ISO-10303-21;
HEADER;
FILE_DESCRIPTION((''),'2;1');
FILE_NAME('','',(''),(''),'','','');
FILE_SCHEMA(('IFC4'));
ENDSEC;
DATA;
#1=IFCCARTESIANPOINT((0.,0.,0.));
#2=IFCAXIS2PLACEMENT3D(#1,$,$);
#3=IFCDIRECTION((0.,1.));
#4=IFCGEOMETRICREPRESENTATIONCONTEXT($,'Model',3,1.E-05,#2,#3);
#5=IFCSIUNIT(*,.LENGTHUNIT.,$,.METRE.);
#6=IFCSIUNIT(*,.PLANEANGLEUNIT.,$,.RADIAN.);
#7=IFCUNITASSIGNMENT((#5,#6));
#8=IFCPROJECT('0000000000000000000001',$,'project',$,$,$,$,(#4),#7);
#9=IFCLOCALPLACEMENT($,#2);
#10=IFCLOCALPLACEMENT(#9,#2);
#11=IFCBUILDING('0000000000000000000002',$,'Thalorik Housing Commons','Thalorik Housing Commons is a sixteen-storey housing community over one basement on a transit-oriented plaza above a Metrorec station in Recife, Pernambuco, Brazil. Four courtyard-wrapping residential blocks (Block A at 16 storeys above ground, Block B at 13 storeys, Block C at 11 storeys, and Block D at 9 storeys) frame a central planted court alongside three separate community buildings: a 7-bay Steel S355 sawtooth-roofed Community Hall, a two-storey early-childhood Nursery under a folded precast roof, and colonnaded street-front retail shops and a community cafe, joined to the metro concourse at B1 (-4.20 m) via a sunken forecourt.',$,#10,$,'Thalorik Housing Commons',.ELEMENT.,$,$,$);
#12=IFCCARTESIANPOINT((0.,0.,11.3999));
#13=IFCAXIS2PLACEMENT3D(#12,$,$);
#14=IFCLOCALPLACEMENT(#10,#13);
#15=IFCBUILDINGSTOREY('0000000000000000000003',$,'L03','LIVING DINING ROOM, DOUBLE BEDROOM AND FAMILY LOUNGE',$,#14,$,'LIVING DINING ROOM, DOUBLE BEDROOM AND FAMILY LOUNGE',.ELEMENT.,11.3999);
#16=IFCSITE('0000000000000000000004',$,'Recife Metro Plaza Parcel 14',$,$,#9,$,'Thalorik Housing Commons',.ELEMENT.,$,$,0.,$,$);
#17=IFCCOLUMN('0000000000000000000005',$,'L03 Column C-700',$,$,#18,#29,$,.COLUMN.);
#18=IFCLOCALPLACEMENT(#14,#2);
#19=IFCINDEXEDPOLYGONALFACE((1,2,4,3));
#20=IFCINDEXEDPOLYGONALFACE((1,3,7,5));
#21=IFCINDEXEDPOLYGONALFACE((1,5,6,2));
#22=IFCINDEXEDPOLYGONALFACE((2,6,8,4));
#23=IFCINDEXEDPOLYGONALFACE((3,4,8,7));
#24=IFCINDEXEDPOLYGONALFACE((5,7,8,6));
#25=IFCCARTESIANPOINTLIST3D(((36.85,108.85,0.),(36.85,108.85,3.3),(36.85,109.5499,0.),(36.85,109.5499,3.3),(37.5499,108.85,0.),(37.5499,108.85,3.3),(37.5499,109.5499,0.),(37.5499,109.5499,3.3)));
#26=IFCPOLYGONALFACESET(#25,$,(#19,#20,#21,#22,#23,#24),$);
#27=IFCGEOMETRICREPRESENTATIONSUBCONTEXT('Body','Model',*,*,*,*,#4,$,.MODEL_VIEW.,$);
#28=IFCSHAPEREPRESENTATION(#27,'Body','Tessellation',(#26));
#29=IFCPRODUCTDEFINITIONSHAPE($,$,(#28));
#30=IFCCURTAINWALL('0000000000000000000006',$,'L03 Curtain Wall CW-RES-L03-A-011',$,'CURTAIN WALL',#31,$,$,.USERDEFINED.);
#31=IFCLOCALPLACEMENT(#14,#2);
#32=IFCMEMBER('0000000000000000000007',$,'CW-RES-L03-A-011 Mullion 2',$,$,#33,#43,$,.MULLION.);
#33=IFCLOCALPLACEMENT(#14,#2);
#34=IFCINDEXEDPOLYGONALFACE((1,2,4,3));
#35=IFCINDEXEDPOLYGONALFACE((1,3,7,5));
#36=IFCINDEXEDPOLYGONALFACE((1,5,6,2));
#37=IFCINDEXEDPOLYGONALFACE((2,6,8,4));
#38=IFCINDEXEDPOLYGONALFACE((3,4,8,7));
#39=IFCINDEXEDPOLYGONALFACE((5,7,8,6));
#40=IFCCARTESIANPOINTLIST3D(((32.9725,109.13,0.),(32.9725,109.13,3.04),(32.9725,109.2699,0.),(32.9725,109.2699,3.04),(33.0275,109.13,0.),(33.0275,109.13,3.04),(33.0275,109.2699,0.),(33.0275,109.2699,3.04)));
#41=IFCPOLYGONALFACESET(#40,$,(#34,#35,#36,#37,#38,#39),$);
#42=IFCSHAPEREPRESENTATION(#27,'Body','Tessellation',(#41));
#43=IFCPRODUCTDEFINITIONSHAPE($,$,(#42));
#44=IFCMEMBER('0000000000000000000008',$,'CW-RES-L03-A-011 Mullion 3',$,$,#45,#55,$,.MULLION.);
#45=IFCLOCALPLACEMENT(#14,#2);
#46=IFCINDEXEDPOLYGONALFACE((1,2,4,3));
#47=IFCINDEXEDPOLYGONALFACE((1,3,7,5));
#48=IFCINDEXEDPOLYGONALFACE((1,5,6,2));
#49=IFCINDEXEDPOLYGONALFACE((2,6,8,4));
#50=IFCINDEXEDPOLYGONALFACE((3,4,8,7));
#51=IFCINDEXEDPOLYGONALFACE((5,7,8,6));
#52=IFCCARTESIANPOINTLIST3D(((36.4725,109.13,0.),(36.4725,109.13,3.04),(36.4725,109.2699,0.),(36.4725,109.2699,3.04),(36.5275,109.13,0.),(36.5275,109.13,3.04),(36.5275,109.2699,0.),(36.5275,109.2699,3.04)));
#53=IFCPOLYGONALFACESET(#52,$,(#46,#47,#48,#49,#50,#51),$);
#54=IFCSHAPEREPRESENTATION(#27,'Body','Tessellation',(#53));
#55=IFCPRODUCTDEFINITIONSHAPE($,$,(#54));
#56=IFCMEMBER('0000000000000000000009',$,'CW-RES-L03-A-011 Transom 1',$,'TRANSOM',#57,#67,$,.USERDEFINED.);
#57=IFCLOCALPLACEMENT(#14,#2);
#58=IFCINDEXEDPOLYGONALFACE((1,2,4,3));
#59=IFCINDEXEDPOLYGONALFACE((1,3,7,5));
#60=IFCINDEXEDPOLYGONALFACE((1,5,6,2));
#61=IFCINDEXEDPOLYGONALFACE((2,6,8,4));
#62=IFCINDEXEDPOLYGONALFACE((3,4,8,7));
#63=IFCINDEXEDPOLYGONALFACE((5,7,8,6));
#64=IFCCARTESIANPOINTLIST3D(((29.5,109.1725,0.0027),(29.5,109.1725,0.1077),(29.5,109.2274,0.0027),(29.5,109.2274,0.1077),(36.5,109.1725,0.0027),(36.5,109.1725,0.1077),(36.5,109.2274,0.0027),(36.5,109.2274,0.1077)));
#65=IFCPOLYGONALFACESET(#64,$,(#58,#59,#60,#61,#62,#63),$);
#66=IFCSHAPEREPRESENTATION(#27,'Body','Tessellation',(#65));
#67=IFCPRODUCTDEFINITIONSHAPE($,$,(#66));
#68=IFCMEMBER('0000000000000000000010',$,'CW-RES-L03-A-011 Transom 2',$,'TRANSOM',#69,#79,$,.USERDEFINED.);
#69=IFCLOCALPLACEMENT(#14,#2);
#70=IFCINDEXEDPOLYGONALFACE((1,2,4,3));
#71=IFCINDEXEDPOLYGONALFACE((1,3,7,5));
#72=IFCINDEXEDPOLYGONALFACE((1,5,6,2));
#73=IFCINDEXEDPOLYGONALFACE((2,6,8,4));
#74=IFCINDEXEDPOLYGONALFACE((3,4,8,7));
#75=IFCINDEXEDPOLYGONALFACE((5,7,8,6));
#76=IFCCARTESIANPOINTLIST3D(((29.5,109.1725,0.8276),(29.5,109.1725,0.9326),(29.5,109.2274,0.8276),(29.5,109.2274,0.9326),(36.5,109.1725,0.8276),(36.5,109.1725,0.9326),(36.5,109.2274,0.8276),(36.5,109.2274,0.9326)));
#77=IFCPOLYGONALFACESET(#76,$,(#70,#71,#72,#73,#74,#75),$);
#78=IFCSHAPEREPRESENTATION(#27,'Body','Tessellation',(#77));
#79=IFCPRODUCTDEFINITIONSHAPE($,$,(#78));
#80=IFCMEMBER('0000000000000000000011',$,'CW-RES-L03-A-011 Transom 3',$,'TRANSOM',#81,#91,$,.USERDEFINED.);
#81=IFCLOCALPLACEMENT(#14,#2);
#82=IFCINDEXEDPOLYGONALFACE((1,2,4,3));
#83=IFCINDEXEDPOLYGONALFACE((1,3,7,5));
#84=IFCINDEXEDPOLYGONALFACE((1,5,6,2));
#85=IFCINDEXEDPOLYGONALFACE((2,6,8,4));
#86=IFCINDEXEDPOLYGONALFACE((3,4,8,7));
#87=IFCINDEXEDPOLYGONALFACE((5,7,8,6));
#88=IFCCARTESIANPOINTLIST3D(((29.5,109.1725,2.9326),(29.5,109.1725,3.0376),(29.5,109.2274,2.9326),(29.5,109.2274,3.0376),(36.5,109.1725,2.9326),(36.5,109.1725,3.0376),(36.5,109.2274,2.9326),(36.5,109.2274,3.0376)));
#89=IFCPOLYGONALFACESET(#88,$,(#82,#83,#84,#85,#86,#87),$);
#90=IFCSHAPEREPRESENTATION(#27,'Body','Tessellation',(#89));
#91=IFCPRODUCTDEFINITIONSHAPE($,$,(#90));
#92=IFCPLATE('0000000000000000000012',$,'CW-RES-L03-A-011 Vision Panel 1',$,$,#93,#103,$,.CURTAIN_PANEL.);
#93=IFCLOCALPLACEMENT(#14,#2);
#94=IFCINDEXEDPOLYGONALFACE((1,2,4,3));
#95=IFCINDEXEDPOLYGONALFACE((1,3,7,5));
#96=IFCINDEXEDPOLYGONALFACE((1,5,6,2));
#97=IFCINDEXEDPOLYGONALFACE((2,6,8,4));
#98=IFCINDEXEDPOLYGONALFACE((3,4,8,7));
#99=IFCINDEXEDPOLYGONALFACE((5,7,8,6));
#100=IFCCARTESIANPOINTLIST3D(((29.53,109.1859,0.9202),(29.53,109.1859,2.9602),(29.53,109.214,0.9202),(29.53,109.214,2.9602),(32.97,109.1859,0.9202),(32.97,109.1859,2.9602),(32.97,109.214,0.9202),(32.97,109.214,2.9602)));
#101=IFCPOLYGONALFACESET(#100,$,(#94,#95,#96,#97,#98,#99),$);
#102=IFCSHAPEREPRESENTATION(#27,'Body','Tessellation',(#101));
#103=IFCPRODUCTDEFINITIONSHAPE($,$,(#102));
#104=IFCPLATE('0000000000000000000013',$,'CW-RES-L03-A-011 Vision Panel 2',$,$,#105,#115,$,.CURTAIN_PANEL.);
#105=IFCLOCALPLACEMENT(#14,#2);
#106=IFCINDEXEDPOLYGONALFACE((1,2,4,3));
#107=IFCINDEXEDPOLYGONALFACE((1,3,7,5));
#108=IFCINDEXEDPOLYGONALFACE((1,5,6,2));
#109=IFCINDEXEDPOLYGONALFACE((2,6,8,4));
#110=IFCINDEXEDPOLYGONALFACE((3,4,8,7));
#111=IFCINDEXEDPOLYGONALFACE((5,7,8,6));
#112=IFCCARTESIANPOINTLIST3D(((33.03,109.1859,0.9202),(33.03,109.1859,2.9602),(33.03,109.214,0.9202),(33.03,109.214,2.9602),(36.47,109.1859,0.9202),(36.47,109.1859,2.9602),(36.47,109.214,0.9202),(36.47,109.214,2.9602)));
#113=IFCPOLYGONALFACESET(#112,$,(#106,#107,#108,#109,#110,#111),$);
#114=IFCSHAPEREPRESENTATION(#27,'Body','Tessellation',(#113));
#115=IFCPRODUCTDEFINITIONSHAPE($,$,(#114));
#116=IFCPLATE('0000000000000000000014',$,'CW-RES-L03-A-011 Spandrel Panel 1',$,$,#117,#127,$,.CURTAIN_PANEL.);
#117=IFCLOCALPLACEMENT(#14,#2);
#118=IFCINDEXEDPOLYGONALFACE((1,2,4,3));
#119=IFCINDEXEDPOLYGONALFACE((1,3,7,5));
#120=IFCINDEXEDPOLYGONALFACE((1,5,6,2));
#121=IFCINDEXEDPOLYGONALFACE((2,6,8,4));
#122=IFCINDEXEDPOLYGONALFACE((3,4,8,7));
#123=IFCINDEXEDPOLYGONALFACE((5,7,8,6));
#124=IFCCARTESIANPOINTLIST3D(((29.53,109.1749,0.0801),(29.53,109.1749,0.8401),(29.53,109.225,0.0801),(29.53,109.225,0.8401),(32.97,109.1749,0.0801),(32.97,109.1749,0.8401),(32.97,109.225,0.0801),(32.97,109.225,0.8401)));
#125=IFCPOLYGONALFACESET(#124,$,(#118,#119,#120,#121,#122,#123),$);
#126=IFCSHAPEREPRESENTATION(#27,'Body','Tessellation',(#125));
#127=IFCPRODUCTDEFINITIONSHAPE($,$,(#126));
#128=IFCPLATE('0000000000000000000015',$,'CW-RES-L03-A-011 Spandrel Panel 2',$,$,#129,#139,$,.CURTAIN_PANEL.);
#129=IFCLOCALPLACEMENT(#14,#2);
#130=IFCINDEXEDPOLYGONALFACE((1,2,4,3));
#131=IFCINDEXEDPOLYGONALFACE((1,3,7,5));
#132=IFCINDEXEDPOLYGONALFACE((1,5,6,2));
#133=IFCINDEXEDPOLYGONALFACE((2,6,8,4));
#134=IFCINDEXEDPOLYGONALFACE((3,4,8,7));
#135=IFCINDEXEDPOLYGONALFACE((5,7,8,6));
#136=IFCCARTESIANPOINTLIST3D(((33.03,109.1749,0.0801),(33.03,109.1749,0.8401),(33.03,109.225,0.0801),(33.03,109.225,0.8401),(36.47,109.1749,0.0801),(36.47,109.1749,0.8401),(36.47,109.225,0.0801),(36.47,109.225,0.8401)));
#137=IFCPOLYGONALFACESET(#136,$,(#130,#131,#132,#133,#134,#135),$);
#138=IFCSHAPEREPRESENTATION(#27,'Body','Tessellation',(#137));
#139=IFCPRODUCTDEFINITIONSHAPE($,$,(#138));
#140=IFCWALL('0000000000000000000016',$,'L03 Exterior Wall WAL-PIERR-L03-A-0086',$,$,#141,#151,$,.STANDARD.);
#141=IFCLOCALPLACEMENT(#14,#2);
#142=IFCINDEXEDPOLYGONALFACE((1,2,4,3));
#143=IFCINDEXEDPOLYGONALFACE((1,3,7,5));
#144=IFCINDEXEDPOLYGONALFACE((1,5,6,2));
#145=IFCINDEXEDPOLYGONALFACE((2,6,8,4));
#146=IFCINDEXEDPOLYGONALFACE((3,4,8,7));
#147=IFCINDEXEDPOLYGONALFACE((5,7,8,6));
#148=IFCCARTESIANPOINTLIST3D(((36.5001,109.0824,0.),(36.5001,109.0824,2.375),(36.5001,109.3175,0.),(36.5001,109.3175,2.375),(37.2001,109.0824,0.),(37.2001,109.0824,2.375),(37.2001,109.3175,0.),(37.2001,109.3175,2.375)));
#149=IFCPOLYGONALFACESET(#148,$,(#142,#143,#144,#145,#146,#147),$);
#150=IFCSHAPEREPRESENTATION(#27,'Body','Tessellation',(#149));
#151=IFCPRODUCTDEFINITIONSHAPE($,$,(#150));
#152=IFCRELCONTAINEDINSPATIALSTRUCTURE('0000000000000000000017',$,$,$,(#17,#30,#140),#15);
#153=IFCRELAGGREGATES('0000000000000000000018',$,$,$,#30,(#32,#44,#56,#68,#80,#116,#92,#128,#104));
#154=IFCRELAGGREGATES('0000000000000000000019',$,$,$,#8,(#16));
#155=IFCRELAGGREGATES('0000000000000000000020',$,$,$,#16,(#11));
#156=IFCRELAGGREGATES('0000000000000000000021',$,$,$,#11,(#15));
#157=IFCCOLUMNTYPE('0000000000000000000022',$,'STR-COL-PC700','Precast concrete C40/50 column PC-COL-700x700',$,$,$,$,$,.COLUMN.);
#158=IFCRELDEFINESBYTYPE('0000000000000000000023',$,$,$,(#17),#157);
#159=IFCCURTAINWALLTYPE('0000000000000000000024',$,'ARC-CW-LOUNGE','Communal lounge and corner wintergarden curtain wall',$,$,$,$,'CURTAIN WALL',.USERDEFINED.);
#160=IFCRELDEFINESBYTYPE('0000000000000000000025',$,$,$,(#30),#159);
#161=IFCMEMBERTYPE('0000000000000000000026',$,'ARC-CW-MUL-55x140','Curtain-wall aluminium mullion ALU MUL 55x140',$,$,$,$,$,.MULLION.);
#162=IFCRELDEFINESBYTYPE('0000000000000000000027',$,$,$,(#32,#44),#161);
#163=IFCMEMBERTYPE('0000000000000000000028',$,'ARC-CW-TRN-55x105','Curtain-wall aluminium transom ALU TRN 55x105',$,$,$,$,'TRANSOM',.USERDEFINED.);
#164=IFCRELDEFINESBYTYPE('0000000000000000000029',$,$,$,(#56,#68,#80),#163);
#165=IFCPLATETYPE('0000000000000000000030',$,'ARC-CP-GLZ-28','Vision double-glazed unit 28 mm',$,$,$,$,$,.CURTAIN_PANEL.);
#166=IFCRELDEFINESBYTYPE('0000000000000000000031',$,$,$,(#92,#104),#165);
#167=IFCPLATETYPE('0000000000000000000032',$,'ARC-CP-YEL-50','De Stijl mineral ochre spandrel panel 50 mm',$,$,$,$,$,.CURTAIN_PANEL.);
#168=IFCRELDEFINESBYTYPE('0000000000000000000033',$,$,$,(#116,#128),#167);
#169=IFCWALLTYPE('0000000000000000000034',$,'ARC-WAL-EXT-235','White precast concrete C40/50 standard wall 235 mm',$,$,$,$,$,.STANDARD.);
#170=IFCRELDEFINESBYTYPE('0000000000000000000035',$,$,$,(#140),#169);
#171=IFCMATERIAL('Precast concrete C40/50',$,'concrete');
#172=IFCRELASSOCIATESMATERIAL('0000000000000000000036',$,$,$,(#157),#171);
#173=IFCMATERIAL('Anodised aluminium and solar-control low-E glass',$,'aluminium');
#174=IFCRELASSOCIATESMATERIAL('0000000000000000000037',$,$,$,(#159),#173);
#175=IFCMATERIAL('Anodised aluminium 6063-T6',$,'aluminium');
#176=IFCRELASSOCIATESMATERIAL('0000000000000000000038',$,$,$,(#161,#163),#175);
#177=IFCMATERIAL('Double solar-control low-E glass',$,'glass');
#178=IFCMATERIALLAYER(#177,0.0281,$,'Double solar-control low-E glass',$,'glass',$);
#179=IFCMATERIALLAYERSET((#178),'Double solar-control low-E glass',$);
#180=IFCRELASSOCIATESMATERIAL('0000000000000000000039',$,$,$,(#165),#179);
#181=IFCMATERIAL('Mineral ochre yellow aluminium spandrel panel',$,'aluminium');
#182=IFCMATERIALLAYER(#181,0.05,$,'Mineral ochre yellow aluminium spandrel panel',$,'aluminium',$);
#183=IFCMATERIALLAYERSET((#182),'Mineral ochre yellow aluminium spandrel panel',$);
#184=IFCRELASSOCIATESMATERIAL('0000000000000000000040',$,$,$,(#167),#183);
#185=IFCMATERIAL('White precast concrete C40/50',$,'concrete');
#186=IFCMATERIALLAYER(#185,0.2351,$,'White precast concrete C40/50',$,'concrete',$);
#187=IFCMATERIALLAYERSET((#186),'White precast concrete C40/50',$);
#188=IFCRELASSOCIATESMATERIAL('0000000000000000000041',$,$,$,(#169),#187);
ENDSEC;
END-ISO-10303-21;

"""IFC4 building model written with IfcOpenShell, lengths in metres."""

from ifc_helpers import new_model, si_unit, direction, frame, frame_2d, origin, origin_2d, place, context, subcontext, project, spatial, rectangle, extrude, material, layer, layer_set, material_profile, profile_set, type_object, element, aggregate, save


model = new_model("IFC4")

# Units and contexts
model_context = context("Model", 3, precision=1e-05, world=origin(), true_north=direction((0.0, 1.0)))
body_context = subcontext(model_context, "Body", "Model", "MODEL_VIEW")
ifc_project = project(units=[si_unit("LENGTHUNIT", "METRE"), si_unit("PLANEANGLEUNIT", "RADIAN")], contexts=[model_context])

# Site, building, storey
site_placement = place(None, origin())
site = spatial("IfcSite", under=ifc_project, at=site_placement, Name="Recife Metro Plaza Parcel 14", LongName="Thalorik Housing Commons", CompositionType="ELEMENT", RefElevation=0.0)
building_placement = place(site_placement, origin())
building = spatial("IfcBuilding", under=site, at=building_placement, Name="Thalorik Housing Commons", Description="Thalorik Housing Commons is a sixteen-storey housing community over one basement on a transit-oriented plaza above a Metrorec station in Recife, Pernambuco, Brazil. Four courtyard-wrapping residential blocks (Block A at 16 storeys above ground, Block B at 13 storeys, Block C at 11 storeys, and Block D at 9 storeys) frame a central planted court alongside three separate community buildings: a 7-bay Steel S355 sawtooth-roofed Community Hall, a two-storey early-childhood Nursery under a folded precast roof, and colonnaded street-front retail shops and a community cafe, joined to the metro concourse at B1 (-4.20 m) via a sunken forecourt.", LongName="Thalorik Housing Commons", CompositionType="ELEMENT")
storey_placement = place(building_placement, frame((0.0, 0.0, 11.3999)))
storey = spatial("IfcBuildingStorey", under=building, at=storey_placement, Name="L03", Description="LIVING DINING ROOM, DOUBLE BEDROOM AND FAMILY LOUNGE", LongName="LIVING DINING ROOM, DOUBLE BEDROOM AND FAMILY LOUNGE", CompositionType="ELEMENT", Elevation=11.3999)

# Column
ifc_material_1 = material(Name="Precast concrete C40/50", Category="concrete")
ifc_material_profile_1 = material_profile(ifc_material_1, rectangle(XDim=0.7, YDim=0.7, at=origin_2d()), Name="PC 700x700", Category="concrete")
ifc_profile_set_1 = profile_set([ifc_material_profile_1], Name="Precast concrete C40/50")
column_type = type_object("IfcColumnType", Name="STR-COL-PC700", Description="Precast concrete C40/50 column PC-COL-700x700", PredefinedType="COLUMN", material=ifc_profile_set_1)
column_placement = place(storey_placement, frame((37.2, 109.2, 0.0), z_axis=(0.0, 0.0, 1.0), x_axis=(1.0, 0.0, 0.0)))
element("IfcColumn", 1, at=column_placement, inside=storey, type_object=column_type, Name="L03 Column C-700", PredefinedType="COLUMN", context=body_context, shape_type="SweptSolid", body=[
    extrude(rectangle(XDim=0.7, YDim=0.7, at=origin_2d()), origin(), (0.0, 0.0, 1.0), 3.3),
])

# Curtain wall, members, plates
ifc_material_2 = material(Name="Anodised aluminium and solar-control low-E glass", Category="aluminium")
curtain_wall_type = type_object("IfcCurtainWallType", Name="ARC-CW-LOUNGE", Description="Communal lounge and corner wintergarden curtain wall", ElementType="CURTAIN WALL", PredefinedType="USERDEFINED", material=ifc_material_2)
curtain_wall_placement = place(storey_placement, origin())
curtain_wall = element("IfcCurtainWall", 2, at=curtain_wall_placement, inside=storey, type_object=curtain_wall_type, Name="L03 Curtain Wall CW-RES-L03-A-011", ObjectType="CURTAIN WALL", PredefinedType="USERDEFINED")
ifc_material_3 = material(Name="Anodised aluminium 6063-T6", Category="aluminium")
ifc_material_profile_2 = material_profile(ifc_material_3, rectangle(XDim=0.0549, YDim=0.1399, at=origin_2d()), Name="ALU MUL 55x140", Category="aluminium")
ifc_profile_set_2 = profile_set([ifc_material_profile_2], Name="Anodised aluminium 6063-T6")
member_type_1 = type_object("IfcMemberType", Name="ARC-CW-MUL-55x140", Description="Curtain-wall aluminium mullion ALU MUL 55x140", PredefinedType="MULLION", material=ifc_profile_set_2)
member_1_placement = place(storey_placement, frame((33.0, 109.2, 0.0), z_axis=(0.0, 0.0, 1.0), x_axis=(1.0, 0.0, 0.0)))
member_1 = element("IfcMember", 3, at=member_1_placement, type_object=member_type_1, Name="CW-RES-L03-A-011 Mullion 2", PredefinedType="MULLION", context=body_context, shape_type="SweptSolid", body=[
    extrude(rectangle(XDim=0.0549, YDim=0.1399, at=origin_2d()), origin(), (0.0, 0.0, 1.0), 3.04),
])
member_2_placement = place(storey_placement, frame((36.5, 109.2, 0.0), z_axis=(0.0, 0.0, 1.0), x_axis=(1.0, 0.0, 0.0)))
member_2 = element("IfcMember", 4, at=member_2_placement, type_object=member_type_1, Name="CW-RES-L03-A-011 Mullion 3", PredefinedType="MULLION", context=body_context, shape_type="SweptSolid", body=[
    extrude(rectangle(XDim=0.0549, YDim=0.1399, at=origin_2d()), origin(), (0.0, 0.0, 1.0), 3.04),
])
ifc_material_profile_3 = material_profile(ifc_material_3, rectangle(XDim=0.0549, YDim=0.105, at=origin_2d()), Name="ALU TRN 55x105", Category="aluminium")
ifc_profile_set_3 = profile_set([ifc_material_profile_3], Name="Anodised aluminium 6063-T6")
member_type_2 = type_object("IfcMemberType", Name="ARC-CW-TRN-55x105", Description="Curtain-wall aluminium transom ALU TRN 55x105", ElementType="TRANSOM", PredefinedType="USERDEFINED", material=ifc_profile_set_3)
member_3_placement = place(storey_placement, frame((29.5, 109.2, 0.0552), z_axis=(1.0, 0.0, 0.0), x_axis=(0.0, 1.0, 0.0)))
member_3 = element("IfcMember", 5, at=member_3_placement, type_object=member_type_2, Name="CW-RES-L03-A-011 Transom 1", ObjectType="TRANSOM", PredefinedType="USERDEFINED", context=body_context, shape_type="SweptSolid", body=[
    extrude(rectangle(XDim=0.0549, YDim=0.105, at=origin_2d()), origin(), (0.0, 0.0, 1.0), 7.0),
])
member_4_placement = place(storey_placement, frame((29.5, 109.2, 0.8801), z_axis=(1.0, 0.0, 0.0), x_axis=(0.0, 1.0, 0.0)))
member_4 = element("IfcMember", 6, at=member_4_placement, type_object=member_type_2, Name="CW-RES-L03-A-011 Transom 2", ObjectType="TRANSOM", PredefinedType="USERDEFINED", context=body_context, shape_type="SweptSolid", body=[
    extrude(rectangle(XDim=0.0549, YDim=0.105, at=origin_2d()), origin(), (0.0, 0.0, 1.0), 7.0),
])
member_5_placement = place(storey_placement, frame((29.5, 109.2, 2.9851), z_axis=(1.0, 0.0, 0.0), x_axis=(0.0, 1.0, 0.0)))
member_5 = element("IfcMember", 7, at=member_5_placement, type_object=member_type_2, Name="CW-RES-L03-A-011 Transom 3", ObjectType="TRANSOM", PredefinedType="USERDEFINED", context=body_context, shape_type="SweptSolid", body=[
    extrude(rectangle(XDim=0.0549, YDim=0.105, at=origin_2d()), origin(), (0.0, 0.0, 1.0), 7.0),
])
ifc_material_4 = material(Name="Double solar-control low-E glass", Category="glass")
ifc_layer_1 = layer(ifc_material_4, 0.0281, Name="Double solar-control low-E glass", Category="glass")
ifc_layer_set_1 = layer_set([ifc_layer_1], Name="Double solar-control low-E glass")
plate_type_1 = type_object("IfcPlateType", Name="ARC-CP-GLZ-28", Description="Vision double-glazed unit 28 mm", PredefinedType="CURTAIN_PANEL", material=ifc_layer_set_1)
plate_1_placement = place(storey_placement, frame((31.25, 109.2, 0.9202), z_axis=(0.0, 0.0, 1.0), x_axis=(1.0, 0.0, 0.0)))
plate_1 = element("IfcPlate", 8, at=plate_1_placement, type_object=plate_type_1, Name="CW-RES-L03-A-011 Vision Panel 1", PredefinedType="CURTAIN_PANEL", context=body_context, shape_type="SweptSolid", body=[
    extrude(rectangle(XDim=3.4399, YDim=0.0281, at=origin_2d()), origin(), (0.0, 0.0, 1.0), 2.04),
])
plate_2_placement = place(storey_placement, frame((34.75, 109.2, 0.9202), z_axis=(0.0, 0.0, 1.0), x_axis=(1.0, 0.0, 0.0)))
plate_2 = element("IfcPlate", 9, at=plate_2_placement, type_object=plate_type_1, Name="CW-RES-L03-A-011 Vision Panel 2", PredefinedType="CURTAIN_PANEL", context=body_context, shape_type="SweptSolid", body=[
    extrude(rectangle(XDim=3.4399, YDim=0.0281, at=origin_2d()), origin(), (0.0, 0.0, 1.0), 2.04),
])
ifc_material_5 = material(Name="Mineral ochre yellow aluminium spandrel panel", Category="aluminium")
ifc_layer_2 = layer(ifc_material_5, 0.05, Name="Mineral ochre yellow aluminium spandrel panel", Category="aluminium")
ifc_layer_set_2 = layer_set([ifc_layer_2], Name="Mineral ochre yellow aluminium spandrel panel")
plate_type_2 = type_object("IfcPlateType", Name="ARC-CP-YEL-50", Description="De Stijl mineral ochre spandrel panel 50 mm", PredefinedType="CURTAIN_PANEL", material=ifc_layer_set_2)
plate_3_placement = place(storey_placement, frame((31.25, 109.2, 0.0801), z_axis=(0.0, 0.0, 1.0), x_axis=(1.0, 0.0, 0.0)))
plate_3 = element("IfcPlate", 10, at=plate_3_placement, type_object=plate_type_2, Name="CW-RES-L03-A-011 Spandrel Panel 1", PredefinedType="CURTAIN_PANEL", context=body_context, shape_type="SweptSolid", body=[
    extrude(rectangle(XDim=3.4399, YDim=0.05, at=origin_2d()), origin(), (0.0, 0.0, 1.0), 0.76),
])
plate_4_placement = place(storey_placement, frame((34.75, 109.2, 0.0801), z_axis=(0.0, 0.0, 1.0), x_axis=(1.0, 0.0, 0.0)))
plate_4 = element("IfcPlate", 11, at=plate_4_placement, type_object=plate_type_2, Name="CW-RES-L03-A-011 Spandrel Panel 2", PredefinedType="CURTAIN_PANEL", context=body_context, shape_type="SweptSolid", body=[
    extrude(rectangle(XDim=3.4399, YDim=0.05, at=origin_2d()), origin(), (0.0, 0.0, 1.0), 0.76),
])
aggregate(curtain_wall, [member_1, member_2, member_3, member_4, member_5, plate_3, plate_1, plate_4, plate_2])

# Wall
ifc_material_6 = material(Name="White precast concrete C40/50", Category="concrete")
ifc_layer_3 = layer(ifc_material_6, 0.2351, Name="White precast concrete C40/50", Category="concrete")
ifc_layer_set_3 = layer_set([ifc_layer_3], Name="White precast concrete C40/50")
wall_type_1 = type_object("IfcWallType", Name="ARC-WAL-EXT-235", Description="White precast concrete C40/50 standard wall 235 mm", PredefinedType="STANDARD", material=ifc_layer_set_3)
wall_1_placement = place(storey_placement, frame((36.5, 109.2, 0.0), z_axis=(0.0, 0.0, 1.0), x_axis=(1.0, 0.0, 0.0)))
element("IfcWall", 12, at=wall_1_placement, inside=storey, type_object=wall_type_1, Name="L03 Exterior Wall WAL-PIERR-L03-A-0086", PredefinedType="STANDARD", context=body_context, shape_type="SweptSolid", body=[
    extrude(rectangle(XDim=0.7, YDim=0.2351, at=frame_2d((0.3501, 0.0))), origin(), (0.0, 0.0, 1.0), 2.375),
])

save(model, "model.ifc")
